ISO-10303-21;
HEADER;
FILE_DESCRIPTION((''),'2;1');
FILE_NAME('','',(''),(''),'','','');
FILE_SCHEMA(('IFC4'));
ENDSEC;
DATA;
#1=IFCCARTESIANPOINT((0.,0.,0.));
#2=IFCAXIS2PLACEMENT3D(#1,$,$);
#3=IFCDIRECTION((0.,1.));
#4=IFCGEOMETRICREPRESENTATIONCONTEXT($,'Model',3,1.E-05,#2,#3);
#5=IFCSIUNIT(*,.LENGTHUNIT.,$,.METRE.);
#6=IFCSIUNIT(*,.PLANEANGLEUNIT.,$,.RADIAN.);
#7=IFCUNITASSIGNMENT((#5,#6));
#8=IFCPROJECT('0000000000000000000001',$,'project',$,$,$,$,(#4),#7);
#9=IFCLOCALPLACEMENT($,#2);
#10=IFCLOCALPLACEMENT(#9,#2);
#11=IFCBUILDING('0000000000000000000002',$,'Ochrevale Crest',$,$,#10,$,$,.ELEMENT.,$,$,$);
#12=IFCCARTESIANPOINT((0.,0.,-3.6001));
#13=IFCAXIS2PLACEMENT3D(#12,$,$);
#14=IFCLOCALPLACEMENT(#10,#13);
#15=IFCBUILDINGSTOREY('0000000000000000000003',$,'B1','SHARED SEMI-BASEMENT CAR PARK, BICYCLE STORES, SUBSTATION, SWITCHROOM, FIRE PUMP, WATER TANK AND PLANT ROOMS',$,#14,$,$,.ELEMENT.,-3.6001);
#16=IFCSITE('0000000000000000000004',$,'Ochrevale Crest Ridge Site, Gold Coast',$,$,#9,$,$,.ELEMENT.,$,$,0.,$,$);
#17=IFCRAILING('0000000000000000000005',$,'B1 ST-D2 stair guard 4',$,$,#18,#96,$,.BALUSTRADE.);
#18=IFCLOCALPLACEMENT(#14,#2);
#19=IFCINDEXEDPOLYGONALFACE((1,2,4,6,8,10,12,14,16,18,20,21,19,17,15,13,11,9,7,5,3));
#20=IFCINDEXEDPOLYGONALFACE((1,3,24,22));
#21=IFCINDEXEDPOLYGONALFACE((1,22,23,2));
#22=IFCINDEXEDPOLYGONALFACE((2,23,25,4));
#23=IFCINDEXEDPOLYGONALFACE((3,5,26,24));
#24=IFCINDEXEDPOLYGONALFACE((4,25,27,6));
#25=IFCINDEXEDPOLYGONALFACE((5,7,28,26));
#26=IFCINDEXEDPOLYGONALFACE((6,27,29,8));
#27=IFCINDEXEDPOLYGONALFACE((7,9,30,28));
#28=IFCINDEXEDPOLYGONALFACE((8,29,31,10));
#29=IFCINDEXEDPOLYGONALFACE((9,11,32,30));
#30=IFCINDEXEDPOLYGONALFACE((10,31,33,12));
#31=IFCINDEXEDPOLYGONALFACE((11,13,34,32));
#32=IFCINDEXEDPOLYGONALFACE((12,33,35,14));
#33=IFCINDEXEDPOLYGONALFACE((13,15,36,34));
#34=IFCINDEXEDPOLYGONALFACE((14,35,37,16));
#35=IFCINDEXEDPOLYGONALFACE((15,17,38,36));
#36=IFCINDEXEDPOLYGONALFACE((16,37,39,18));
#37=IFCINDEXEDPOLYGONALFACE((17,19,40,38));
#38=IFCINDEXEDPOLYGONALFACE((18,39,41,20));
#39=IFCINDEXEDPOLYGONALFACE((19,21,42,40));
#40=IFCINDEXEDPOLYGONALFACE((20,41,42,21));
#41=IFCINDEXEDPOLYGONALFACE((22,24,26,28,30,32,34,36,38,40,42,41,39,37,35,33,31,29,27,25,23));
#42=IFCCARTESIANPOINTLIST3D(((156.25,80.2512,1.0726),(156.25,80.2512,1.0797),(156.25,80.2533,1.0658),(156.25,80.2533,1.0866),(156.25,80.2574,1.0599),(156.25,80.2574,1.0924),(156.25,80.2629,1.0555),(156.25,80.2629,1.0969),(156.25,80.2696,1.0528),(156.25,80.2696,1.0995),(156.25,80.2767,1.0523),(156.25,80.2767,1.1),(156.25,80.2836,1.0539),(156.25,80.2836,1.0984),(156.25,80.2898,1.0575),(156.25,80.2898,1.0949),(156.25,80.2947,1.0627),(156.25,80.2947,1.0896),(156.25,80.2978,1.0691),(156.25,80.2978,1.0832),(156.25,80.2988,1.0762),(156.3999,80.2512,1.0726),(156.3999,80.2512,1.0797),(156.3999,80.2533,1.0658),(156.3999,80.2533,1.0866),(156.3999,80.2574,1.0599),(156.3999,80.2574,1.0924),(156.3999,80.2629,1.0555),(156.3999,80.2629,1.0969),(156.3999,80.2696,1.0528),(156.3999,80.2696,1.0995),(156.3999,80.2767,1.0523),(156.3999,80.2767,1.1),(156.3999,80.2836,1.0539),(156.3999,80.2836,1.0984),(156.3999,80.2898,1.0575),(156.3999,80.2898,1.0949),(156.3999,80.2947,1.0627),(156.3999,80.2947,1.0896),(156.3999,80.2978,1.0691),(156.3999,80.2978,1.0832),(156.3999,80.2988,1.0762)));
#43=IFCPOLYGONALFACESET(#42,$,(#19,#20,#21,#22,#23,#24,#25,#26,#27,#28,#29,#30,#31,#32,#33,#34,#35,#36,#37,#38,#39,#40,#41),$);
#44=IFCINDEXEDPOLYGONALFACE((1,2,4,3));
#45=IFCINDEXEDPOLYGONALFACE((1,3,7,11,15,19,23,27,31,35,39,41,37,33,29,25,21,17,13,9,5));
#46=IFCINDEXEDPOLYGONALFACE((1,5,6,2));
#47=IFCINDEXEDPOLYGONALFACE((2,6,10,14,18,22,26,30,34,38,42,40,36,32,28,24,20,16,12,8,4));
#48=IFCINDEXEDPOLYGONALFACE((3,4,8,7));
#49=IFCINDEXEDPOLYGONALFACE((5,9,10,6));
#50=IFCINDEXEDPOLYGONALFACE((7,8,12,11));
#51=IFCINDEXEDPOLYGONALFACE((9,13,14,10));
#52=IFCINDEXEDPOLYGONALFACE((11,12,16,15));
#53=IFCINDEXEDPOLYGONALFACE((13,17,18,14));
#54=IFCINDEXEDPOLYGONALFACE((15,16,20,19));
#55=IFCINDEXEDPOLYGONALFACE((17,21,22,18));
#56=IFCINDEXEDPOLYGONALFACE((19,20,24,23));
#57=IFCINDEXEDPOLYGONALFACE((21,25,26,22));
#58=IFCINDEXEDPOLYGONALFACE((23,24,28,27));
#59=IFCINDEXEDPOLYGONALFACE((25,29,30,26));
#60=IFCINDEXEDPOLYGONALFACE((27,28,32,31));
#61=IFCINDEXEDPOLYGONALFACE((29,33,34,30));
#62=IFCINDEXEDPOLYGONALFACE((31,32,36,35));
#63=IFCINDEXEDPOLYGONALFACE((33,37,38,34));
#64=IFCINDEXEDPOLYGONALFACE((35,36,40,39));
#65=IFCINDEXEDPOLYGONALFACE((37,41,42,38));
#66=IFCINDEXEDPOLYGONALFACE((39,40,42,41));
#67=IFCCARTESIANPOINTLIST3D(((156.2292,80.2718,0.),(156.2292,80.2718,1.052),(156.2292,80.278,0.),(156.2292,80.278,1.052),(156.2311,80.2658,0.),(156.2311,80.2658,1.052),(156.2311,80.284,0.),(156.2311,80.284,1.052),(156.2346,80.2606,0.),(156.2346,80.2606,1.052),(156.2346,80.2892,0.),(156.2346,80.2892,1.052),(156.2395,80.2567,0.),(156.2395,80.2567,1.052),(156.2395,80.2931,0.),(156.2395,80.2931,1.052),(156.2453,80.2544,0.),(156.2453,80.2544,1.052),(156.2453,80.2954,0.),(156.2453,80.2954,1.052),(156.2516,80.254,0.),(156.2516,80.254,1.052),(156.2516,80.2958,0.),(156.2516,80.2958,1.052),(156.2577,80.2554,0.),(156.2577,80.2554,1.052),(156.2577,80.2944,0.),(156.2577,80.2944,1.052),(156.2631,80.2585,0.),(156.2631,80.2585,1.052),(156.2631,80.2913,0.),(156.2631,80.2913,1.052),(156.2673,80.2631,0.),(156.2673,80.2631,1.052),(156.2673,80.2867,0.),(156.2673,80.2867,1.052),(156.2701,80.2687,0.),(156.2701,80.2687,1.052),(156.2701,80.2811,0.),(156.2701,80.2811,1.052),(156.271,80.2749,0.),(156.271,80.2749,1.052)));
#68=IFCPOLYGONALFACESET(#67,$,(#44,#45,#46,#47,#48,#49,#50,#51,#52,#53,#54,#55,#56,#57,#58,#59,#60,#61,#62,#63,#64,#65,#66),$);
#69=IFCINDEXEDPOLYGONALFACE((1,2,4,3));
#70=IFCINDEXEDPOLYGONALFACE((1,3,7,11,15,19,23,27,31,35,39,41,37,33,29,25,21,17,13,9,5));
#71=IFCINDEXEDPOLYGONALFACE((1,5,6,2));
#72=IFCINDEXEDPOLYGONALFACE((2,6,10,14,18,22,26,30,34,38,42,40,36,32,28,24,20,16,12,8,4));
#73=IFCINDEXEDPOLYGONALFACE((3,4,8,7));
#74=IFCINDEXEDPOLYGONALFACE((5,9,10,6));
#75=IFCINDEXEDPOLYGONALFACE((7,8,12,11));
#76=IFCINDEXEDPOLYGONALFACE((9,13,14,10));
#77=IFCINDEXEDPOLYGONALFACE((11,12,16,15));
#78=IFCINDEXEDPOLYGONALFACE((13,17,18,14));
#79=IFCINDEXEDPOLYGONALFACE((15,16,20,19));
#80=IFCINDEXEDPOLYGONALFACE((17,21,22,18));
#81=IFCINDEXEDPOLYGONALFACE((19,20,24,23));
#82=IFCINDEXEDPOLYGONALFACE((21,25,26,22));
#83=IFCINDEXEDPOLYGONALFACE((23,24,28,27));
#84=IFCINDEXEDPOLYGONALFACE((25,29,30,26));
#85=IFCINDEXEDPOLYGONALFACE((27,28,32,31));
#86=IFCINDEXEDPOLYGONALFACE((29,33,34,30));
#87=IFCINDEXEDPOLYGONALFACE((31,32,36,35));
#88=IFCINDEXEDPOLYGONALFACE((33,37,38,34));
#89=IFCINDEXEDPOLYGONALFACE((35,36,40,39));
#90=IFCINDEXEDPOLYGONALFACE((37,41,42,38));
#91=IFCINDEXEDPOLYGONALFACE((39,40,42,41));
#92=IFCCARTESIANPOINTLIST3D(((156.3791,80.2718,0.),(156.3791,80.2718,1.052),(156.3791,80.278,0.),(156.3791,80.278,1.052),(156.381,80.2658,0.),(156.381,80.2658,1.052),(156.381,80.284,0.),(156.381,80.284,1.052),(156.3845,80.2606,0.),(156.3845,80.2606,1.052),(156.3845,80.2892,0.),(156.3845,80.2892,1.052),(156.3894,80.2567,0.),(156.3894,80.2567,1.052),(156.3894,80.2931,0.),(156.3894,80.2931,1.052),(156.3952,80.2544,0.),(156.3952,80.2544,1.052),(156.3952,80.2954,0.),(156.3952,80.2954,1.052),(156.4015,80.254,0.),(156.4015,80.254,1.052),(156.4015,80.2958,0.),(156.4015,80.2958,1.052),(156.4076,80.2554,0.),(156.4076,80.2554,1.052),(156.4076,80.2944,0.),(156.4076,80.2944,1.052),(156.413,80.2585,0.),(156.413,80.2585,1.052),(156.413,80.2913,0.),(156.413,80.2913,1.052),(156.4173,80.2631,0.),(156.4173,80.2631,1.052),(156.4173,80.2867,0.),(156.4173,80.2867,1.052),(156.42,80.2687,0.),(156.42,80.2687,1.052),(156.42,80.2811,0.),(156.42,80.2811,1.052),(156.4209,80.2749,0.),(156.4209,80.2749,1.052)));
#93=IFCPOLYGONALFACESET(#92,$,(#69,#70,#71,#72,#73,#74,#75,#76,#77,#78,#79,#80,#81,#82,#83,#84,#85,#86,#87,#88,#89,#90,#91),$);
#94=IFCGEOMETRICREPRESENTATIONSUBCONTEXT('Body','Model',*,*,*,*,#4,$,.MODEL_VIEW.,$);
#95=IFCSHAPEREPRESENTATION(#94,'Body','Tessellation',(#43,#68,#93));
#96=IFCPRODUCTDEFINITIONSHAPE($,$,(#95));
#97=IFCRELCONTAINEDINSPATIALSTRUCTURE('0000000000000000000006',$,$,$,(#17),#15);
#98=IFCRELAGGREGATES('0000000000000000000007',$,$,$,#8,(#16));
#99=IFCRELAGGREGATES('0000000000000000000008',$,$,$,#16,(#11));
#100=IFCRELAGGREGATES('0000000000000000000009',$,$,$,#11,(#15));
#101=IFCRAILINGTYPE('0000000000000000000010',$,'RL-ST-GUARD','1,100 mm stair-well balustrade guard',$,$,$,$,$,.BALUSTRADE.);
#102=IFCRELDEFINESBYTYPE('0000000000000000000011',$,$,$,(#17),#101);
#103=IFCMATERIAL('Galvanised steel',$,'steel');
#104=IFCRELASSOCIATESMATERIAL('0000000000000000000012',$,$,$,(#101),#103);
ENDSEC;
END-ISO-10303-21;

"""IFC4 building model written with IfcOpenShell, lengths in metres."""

from ifc_helpers import new_model, si_unit, direction, frame, origin, origin_2d, place, context, subcontext, project, spatial, circle, extrude, material, type_object, element, save


model = new_model("IFC4")

# Units and contexts
model_context = context("Model", 3, precision=1e-05, world=origin(), true_north=direction((0.0, 1.0)))
body_context = subcontext(model_context, "Body", "Model", "MODEL_VIEW")
ifc_project = project(units=[si_unit("LENGTHUNIT", "METRE"), si_unit("PLANEANGLEUNIT", "RADIAN")], contexts=[model_context])

# Site, building, storey
site_placement = place(None, origin())
site = spatial("IfcSite", under=ifc_project, at=site_placement, Name="Ochrevale Crest Ridge Site, Gold Coast", CompositionType="ELEMENT", RefElevation=0.0)
building_placement = place(site_placement, origin())
building = spatial("IfcBuilding", under=site, at=building_placement, Name="Ochrevale Crest", CompositionType="ELEMENT")
storey_placement = place(building_placement, frame((0.0, 0.0, -3.6001)))
storey = spatial("IfcBuildingStorey", under=building, at=storey_placement, Name="B1", Description="SHARED SEMI-BASEMENT CAR PARK, BICYCLE STORES, SUBSTATION, SWITCHROOM, FIRE PUMP, WATER TANK AND PLANT ROOMS", CompositionType="ELEMENT", Elevation=-3.6001)

# Railing
ifc_material_1 = material(Name="Galvanised steel", Category="steel")
railing_type = type_object("IfcRailingType", Name="RL-ST-GUARD", Description="1,100 mm stair-well balustrade guard", PredefinedType="BALUSTRADE", material=ifc_material_1)
railing_placement = place(storey_placement, frame((156.25, 80.2749, 0.0)))
element("IfcRailing", 1, at=railing_placement, inside=storey, type_object=railing_type, Name="B1 ST-D2 stair guard 4", PredefinedType="BALUSTRADE", context=body_context, shape_type="SweptSolid", body=[
    extrude(circle(Radius=0.0239, at=origin_2d()), frame((0.0, 0.0, 1.0762), z_axis=(1.0, 0.0, 0.0), x_axis=(0.0, 1.0, 0.0)), (0.0, 0.0, 1.0), 0.1499),
    extrude(circle(Radius=0.021, at=origin_2d()), origin(), (0.0, 0.0, 1.0), 1.052),
    extrude(circle(Radius=0.021, at=origin_2d()), frame((0.1499, 0.0, 0.0)), (0.0, 0.0, 1.0), 1.052),
])

save(model, "model.ifc")
